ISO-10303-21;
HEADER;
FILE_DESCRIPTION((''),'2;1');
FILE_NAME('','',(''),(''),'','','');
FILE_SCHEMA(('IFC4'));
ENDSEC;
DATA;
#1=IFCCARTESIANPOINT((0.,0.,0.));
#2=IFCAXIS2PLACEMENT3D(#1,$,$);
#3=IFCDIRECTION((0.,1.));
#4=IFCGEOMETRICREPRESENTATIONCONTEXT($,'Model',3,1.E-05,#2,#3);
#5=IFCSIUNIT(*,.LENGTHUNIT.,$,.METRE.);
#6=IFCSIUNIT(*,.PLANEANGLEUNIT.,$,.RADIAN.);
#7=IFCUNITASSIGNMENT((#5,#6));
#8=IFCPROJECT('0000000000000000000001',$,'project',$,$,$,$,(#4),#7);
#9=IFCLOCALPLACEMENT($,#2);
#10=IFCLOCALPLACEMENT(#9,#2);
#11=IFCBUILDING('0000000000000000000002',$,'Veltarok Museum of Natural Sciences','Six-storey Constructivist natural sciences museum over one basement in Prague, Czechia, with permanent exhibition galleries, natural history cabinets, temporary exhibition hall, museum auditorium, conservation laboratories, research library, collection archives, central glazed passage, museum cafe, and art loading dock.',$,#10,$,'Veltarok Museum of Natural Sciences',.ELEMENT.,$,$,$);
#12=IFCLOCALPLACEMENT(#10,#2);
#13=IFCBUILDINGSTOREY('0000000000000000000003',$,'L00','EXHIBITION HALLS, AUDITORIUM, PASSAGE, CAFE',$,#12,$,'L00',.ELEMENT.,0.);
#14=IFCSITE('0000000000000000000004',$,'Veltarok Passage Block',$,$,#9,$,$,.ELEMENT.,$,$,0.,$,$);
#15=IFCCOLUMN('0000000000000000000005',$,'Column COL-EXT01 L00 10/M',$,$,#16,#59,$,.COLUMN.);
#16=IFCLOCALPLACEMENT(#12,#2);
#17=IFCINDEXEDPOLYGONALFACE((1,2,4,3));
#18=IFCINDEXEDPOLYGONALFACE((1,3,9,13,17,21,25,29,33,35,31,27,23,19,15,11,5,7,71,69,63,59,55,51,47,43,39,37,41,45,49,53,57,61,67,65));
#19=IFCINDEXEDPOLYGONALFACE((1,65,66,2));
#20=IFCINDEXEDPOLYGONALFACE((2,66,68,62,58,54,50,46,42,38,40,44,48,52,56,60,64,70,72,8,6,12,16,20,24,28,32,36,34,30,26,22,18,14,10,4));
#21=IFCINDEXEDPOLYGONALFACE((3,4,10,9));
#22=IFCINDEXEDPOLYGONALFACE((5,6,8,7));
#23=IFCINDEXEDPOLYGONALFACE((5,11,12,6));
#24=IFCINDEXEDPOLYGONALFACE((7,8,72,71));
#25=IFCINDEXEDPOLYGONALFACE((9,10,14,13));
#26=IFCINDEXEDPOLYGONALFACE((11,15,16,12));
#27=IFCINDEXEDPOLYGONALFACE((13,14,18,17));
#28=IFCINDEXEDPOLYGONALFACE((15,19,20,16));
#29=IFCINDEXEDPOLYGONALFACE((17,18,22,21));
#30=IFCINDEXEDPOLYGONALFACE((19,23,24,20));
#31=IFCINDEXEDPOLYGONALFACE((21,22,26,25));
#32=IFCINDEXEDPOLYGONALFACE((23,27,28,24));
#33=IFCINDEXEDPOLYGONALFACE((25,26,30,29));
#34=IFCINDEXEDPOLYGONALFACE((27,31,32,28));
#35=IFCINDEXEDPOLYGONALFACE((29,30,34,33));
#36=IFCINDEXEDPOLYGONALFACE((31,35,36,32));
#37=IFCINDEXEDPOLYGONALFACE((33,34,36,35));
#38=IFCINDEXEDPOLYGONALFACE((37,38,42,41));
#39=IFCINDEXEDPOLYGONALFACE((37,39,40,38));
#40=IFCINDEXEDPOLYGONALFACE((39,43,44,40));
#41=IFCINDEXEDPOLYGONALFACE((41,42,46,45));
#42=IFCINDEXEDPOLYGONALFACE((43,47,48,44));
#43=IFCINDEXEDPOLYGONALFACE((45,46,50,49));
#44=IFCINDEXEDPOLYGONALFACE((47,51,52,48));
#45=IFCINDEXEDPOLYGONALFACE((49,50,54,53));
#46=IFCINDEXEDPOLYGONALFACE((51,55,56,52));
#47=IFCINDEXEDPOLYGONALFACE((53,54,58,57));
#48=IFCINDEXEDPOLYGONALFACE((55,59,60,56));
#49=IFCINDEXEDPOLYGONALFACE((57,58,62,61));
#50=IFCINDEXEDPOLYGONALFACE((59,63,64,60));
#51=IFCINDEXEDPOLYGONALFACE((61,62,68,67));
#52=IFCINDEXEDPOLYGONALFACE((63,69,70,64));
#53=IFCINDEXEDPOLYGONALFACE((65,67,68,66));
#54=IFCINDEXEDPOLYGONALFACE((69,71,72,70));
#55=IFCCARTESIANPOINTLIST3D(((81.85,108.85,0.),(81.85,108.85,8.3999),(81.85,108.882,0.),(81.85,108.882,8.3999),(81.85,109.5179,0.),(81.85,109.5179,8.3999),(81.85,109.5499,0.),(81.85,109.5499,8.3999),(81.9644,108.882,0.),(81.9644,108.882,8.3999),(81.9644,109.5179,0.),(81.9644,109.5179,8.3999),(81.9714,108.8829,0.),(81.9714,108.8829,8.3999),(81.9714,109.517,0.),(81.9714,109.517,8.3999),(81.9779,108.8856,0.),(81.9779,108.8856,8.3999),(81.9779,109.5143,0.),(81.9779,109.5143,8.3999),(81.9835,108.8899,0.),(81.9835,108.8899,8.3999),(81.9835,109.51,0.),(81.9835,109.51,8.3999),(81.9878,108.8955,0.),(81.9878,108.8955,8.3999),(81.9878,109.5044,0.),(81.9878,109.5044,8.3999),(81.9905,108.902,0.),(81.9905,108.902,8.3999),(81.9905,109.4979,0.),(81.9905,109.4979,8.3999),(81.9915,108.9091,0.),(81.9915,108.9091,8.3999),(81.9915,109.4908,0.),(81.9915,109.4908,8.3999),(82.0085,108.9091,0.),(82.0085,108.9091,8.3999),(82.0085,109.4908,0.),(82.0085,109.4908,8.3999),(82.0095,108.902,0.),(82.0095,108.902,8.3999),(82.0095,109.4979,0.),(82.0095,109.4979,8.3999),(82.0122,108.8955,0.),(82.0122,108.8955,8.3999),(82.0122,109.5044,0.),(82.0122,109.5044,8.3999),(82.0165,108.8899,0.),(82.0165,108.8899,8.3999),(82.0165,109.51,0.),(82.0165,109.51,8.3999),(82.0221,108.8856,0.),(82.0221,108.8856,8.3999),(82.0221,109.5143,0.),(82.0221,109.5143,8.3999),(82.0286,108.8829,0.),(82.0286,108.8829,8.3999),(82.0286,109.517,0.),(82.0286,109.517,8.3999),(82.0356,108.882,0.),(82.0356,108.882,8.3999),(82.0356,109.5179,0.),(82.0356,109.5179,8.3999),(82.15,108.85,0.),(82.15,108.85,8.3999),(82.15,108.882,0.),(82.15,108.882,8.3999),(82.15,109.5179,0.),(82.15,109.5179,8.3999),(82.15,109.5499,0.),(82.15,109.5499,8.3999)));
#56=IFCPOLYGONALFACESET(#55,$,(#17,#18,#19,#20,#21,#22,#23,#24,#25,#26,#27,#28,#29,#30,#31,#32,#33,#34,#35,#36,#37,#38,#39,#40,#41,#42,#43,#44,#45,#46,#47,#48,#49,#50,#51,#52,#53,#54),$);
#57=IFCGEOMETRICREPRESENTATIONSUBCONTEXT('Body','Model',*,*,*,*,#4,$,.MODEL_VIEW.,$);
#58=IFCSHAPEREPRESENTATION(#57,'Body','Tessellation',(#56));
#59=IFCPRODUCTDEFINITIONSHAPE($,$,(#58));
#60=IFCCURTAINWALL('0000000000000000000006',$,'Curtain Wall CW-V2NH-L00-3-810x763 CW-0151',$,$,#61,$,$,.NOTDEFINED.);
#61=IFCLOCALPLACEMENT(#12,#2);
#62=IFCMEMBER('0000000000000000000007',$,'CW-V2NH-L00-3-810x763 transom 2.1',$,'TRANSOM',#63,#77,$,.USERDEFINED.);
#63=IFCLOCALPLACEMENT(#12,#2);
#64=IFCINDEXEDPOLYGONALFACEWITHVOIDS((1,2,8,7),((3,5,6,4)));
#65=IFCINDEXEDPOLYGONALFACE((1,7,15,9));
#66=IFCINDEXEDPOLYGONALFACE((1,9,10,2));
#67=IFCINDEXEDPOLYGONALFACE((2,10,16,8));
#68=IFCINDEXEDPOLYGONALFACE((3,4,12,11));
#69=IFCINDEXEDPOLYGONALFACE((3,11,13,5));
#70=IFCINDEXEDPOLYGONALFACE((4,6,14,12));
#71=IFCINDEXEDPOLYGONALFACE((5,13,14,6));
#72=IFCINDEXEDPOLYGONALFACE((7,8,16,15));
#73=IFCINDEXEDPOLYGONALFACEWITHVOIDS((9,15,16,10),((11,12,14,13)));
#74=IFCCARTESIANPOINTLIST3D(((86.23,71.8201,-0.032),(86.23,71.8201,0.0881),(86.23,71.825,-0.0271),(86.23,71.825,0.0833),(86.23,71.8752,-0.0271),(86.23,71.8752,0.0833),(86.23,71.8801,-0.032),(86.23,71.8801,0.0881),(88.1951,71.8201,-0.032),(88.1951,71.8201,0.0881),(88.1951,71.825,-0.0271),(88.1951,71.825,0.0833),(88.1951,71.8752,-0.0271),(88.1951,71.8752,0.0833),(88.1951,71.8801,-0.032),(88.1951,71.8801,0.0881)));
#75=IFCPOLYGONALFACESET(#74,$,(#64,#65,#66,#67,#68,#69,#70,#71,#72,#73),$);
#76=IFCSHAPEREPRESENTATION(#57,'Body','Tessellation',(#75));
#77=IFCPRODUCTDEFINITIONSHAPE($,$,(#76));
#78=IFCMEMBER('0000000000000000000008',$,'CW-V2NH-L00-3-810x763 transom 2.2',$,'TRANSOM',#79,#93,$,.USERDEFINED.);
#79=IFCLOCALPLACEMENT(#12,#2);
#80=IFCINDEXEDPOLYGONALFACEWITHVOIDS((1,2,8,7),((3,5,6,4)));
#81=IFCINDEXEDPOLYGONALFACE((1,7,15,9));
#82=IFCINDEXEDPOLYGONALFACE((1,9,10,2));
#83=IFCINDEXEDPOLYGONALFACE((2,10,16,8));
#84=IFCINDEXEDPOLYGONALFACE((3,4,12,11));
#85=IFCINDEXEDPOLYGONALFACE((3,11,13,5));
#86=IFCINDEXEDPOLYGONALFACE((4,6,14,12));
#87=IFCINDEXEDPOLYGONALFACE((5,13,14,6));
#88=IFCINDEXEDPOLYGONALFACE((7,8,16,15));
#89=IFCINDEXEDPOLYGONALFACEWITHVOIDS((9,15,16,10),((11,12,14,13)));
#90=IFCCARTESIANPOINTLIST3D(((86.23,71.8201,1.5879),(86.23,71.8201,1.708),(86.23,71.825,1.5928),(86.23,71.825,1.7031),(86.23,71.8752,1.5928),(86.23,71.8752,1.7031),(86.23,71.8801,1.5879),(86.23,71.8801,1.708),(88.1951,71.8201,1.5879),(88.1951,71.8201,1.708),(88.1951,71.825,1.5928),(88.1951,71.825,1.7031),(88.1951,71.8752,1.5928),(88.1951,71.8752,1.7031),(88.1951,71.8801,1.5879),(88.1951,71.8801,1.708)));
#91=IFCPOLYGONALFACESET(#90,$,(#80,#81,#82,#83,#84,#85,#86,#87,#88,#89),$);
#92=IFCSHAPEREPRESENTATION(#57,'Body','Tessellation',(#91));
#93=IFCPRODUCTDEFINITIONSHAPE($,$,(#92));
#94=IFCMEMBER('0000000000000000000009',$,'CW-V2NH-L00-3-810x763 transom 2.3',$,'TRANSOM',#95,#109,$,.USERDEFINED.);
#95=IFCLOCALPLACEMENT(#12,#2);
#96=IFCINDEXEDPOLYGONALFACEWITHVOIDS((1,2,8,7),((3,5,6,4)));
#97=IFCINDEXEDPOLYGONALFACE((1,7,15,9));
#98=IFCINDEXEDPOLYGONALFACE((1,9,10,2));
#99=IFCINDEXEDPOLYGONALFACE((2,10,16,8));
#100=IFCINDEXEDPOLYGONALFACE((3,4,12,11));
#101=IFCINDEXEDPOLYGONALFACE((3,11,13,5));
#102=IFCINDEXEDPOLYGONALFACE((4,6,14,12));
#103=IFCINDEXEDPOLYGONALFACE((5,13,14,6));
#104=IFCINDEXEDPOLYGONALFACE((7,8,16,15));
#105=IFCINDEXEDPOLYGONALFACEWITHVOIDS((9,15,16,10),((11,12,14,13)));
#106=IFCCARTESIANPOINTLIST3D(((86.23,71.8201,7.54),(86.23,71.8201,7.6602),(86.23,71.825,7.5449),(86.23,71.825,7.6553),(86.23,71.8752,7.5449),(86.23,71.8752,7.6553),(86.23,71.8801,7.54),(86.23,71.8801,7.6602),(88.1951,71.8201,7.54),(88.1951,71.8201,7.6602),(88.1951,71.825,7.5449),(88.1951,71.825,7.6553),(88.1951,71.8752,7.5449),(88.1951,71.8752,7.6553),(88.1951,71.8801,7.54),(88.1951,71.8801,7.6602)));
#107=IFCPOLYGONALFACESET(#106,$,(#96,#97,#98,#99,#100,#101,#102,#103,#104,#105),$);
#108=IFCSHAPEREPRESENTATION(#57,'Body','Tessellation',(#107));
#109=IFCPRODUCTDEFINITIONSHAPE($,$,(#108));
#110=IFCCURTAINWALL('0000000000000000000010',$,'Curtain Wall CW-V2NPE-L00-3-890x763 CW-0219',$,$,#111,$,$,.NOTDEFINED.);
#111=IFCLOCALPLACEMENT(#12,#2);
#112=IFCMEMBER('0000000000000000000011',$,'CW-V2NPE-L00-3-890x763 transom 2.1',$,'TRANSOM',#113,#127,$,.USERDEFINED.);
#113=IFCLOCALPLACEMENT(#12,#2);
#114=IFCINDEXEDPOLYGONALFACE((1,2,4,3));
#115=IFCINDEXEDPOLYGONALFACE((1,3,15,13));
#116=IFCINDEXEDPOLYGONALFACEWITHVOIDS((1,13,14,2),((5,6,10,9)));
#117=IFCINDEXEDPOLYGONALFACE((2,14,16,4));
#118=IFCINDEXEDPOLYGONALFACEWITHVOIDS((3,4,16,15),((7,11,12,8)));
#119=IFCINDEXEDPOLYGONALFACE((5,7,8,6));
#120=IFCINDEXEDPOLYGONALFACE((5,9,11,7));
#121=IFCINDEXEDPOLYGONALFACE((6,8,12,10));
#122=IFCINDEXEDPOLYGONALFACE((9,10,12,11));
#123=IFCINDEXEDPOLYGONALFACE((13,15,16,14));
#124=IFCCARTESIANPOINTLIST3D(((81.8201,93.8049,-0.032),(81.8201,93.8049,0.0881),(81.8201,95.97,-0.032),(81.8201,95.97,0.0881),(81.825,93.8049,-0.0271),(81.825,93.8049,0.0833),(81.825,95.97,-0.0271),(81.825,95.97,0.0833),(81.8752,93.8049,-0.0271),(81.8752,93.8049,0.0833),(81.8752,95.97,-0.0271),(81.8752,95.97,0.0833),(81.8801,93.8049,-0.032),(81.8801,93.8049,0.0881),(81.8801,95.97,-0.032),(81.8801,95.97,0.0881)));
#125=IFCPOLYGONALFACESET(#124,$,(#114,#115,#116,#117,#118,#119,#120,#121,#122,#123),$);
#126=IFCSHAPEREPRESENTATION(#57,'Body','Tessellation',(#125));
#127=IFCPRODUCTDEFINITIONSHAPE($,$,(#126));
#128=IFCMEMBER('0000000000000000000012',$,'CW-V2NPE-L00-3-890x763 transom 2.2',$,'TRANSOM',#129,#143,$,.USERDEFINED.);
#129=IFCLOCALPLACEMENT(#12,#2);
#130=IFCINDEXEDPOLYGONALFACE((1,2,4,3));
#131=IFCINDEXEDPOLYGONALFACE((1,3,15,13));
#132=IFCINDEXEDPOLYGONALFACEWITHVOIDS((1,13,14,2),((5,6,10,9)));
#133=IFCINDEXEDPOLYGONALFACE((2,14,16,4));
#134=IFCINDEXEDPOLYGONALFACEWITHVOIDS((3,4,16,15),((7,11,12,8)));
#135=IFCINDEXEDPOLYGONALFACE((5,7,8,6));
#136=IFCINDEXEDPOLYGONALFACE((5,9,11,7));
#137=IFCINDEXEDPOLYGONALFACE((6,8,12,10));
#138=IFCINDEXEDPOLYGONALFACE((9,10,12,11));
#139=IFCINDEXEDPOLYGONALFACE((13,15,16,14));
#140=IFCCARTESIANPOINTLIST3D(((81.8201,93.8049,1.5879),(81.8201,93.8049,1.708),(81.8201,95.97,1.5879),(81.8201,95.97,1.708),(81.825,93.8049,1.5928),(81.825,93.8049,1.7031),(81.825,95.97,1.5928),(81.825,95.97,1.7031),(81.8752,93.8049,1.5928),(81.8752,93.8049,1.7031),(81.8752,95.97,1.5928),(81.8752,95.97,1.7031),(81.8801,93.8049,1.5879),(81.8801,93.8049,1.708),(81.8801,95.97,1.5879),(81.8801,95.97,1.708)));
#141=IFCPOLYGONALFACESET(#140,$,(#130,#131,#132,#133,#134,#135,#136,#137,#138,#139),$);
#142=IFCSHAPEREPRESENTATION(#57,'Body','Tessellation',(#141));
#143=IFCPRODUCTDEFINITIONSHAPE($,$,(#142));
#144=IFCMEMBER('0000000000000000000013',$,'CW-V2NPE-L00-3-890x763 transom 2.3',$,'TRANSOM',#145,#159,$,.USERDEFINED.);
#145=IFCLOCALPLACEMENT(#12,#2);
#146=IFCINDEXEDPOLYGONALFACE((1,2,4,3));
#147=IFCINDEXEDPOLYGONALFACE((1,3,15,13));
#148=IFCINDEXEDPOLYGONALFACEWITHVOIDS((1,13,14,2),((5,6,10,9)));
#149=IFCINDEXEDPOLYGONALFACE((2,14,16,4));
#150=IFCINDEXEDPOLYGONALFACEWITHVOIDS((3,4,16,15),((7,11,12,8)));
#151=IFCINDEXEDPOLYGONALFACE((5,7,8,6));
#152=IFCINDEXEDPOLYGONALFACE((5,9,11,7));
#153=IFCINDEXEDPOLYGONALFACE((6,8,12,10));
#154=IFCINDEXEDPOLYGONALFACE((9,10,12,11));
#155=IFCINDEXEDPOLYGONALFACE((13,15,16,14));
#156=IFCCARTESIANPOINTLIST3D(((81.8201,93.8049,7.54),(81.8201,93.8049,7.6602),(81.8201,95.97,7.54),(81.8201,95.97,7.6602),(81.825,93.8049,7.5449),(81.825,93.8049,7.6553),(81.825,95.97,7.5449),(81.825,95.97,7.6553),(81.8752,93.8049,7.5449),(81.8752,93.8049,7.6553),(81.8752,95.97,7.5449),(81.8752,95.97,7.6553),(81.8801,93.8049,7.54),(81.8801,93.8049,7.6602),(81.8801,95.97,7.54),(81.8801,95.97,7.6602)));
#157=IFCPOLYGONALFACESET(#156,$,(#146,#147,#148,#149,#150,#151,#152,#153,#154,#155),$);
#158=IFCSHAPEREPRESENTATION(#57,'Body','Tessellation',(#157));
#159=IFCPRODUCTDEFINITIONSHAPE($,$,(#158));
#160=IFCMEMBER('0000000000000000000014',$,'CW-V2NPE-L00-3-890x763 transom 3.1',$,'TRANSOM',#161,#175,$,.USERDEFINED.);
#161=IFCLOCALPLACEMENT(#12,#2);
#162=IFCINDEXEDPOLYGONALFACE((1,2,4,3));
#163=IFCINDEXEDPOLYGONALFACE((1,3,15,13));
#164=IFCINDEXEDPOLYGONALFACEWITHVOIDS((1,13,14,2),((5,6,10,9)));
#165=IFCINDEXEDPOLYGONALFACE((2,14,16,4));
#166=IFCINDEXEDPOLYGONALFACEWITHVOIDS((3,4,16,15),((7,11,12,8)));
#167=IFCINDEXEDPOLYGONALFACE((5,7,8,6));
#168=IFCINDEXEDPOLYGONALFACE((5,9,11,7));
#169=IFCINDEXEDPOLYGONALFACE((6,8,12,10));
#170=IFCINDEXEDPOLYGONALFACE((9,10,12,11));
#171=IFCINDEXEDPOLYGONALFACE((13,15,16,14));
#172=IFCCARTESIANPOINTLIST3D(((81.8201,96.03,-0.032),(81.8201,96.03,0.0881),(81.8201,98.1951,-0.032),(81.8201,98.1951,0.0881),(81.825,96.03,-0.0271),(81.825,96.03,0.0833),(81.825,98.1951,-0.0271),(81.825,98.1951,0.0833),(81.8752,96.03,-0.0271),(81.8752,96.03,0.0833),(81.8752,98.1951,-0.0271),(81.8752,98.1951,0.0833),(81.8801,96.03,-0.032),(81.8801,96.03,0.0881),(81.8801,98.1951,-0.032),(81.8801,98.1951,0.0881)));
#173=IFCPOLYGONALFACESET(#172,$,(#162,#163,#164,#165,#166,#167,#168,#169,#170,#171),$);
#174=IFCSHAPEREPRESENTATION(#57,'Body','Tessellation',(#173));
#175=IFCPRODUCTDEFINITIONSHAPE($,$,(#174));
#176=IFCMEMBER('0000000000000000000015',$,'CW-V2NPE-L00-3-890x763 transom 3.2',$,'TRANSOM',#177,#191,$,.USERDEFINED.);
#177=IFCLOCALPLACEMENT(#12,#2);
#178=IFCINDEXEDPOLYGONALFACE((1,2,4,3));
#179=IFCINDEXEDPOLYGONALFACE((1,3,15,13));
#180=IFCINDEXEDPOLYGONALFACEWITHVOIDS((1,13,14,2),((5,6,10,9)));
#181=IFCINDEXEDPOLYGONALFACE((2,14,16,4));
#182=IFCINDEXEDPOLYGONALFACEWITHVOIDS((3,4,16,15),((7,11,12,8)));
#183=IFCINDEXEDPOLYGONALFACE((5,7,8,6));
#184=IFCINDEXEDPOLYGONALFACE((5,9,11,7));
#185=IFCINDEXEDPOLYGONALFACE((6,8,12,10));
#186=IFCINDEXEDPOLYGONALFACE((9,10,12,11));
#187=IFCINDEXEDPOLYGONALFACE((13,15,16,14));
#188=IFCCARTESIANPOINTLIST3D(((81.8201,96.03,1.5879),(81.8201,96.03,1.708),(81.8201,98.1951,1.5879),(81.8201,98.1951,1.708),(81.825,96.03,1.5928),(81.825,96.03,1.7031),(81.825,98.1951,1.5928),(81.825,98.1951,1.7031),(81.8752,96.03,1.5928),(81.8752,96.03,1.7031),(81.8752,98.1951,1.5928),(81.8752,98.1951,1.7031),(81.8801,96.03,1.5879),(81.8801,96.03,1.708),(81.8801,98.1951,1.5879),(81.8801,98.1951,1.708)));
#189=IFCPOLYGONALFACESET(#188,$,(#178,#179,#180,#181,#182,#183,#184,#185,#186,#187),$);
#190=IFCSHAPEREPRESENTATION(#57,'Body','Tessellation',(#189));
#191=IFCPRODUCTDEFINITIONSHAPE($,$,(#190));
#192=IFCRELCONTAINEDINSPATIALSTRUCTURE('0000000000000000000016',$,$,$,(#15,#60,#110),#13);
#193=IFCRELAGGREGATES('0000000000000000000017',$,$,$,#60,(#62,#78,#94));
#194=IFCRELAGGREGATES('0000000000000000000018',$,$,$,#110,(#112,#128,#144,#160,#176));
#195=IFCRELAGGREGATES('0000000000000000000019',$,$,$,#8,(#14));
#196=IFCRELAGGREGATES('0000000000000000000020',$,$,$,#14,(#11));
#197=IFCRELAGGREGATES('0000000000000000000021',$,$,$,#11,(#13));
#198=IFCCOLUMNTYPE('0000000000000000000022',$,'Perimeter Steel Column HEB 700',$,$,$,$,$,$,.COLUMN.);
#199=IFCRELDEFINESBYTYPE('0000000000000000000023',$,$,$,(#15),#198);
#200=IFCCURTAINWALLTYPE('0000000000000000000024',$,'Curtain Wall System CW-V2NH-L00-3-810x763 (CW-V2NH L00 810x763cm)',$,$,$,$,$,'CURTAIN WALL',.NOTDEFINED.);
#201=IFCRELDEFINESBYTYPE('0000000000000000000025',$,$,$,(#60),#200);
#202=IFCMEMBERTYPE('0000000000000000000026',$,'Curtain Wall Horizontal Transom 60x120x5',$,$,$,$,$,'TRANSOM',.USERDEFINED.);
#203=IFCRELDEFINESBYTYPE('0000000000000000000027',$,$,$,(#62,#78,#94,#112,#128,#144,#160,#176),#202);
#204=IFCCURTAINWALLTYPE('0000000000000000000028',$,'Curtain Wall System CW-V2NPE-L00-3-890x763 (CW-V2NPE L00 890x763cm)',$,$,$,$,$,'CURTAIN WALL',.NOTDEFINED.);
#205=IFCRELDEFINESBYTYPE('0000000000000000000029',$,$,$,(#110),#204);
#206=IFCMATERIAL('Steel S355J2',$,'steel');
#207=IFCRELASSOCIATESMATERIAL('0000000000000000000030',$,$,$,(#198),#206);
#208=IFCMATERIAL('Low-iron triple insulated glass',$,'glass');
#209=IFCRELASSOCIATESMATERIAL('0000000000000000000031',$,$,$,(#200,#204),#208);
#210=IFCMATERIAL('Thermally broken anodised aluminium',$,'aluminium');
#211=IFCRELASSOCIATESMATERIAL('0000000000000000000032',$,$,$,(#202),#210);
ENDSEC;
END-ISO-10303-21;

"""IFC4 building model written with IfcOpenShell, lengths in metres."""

from ifc_helpers import new_model, si_unit, direction, frame, origin, origin_2d, place, context, subcontext, project, spatial, hollow_rectangle, i_section, extrude, material, material_profile, profile_set, type_object, element, aggregate, save


model = new_model("IFC4")

# Units and contexts
model_context = context("Model", 3, precision=1e-05, world=origin(), true_north=direction((0.0, 1.0)))
body_context = subcontext(model_context, "Body", "Model", "MODEL_VIEW")
ifc_project = project(units=[si_unit("LENGTHUNIT", "METRE"), si_unit("PLANEANGLEUNIT", "RADIAN")], contexts=[model_context])

# Site, building, storey
site_placement = place(None, origin())
site = spatial("IfcSite", under=ifc_project, at=site_placement, Name="Veltarok Passage Block", CompositionType="ELEMENT", RefElevation=0.0)
building_placement = place(site_placement, origin())
building = spatial("IfcBuilding", under=site, at=building_placement, Name="Veltarok Museum of Natural Sciences", Description="Six-storey Constructivist natural sciences museum over one basement in Prague, Czechia, with permanent exhibition galleries, natural history cabinets, temporary exhibition hall, museum auditorium, conservation laboratories, research library, collection archives, central glazed passage, museum cafe, and art loading dock.", LongName="Veltarok Museum of Natural Sciences", CompositionType="ELEMENT")
storey_placement = place(building_placement, origin())
storey = spatial("IfcBuildingStorey", under=building, at=storey_placement, Name="L00", Description="EXHIBITION HALLS, AUDITORIUM, PASSAGE, CAFE", LongName="L00", CompositionType="ELEMENT", Elevation=0.0)

# Column
ifc_material_1 = material(Name="Steel S355J2", Category="steel")
ifc_material_profile_1 = material_profile(ifc_material_1, i_section(OverallWidth=0.3, OverallDepth=0.7, WebThickness=0.0171, FlangeThickness=0.032, FilletRadius=0.0271, at=origin_2d()), Name="HEB 700")
ifc_profile_set_1 = profile_set([ifc_material_profile_1], Name="Steel S355J2")
column_type = type_object("IfcColumnType", Name="Perimeter Steel Column HEB 700", PredefinedType="COLUMN", material=ifc_profile_set_1)
for number, where, z_axis, x_axis, name in (
    (1, (82.0, 109.2, 0.0), (0.0, 0.0, 1.0), (1.0, 0.0, 0.0), "Column COL-EXT01 L00 10/M"),
):
    element("IfcColumn", number, at=place(storey_placement, frame(where, z_axis=z_axis, x_axis=x_axis)), inside=storey, type_object=column_type, Name=name, PredefinedType="COLUMN", context=body_context, shape_type="SweptSolid", body=[
        extrude(i_section(OverallWidth=0.3, OverallDepth=0.7, WebThickness=0.0171, FlangeThickness=0.032, FilletRadius=0.0271, at=origin_2d()), origin(), (0.0, 0.0, 1.0), 8.3999),
    ])

# Curtain walls, members
ifc_material_2 = material(Name="Low-iron triple insulated glass", Category="glass")
curtain_wall_type_1 = type_object("IfcCurtainWallType", Name="Curtain Wall System CW-V2NH-L00-3-810x763 (CW-V2NH L00 810x763cm)", ElementType="CURTAIN WALL", PredefinedType="NOTDEFINED", material=ifc_material_2)
curtain_wall_1_placement = place(storey_placement, origin())
curtain_wall_1 = element("IfcCurtainWall", 2, at=curtain_wall_1_placement, inside=storey, type_object=curtain_wall_type_1, Name="Curtain Wall CW-V2NH-L00-3-810x763 CW-0151", PredefinedType="NOTDEFINED")
ifc_material_3 = material(Name="Thermally broken anodised aluminium", Category="aluminium")
ifc_material_profile_2 = material_profile(ifc_material_3, hollow_rectangle(XDim=0.0601, YDim=0.1201, WallThickness=0.0049, at=origin_2d()), Name="CW TRANSOM 60x120x5")
ifc_profile_set_2 = profile_set([ifc_material_profile_2], Name="Thermally broken anodised aluminium")
member_type_1 = type_object("IfcMemberType", Name="Curtain Wall Horizontal Transom 60x120x5", ElementType="TRANSOM", PredefinedType="USERDEFINED", material=ifc_profile_set_2)
member_1_placement = place(storey_placement, frame((88.1951, 71.8501, 0.0281), z_axis=(-1.0, 0.0, 0.0), x_axis=(0.0, -1.0, 0.0)))
member_1 = element("IfcMember", 3, at=member_1_placement, type_object=member_type_1, Name="CW-V2NH-L00-3-810x763 transom 2.1", ObjectType="TRANSOM", PredefinedType="USERDEFINED", context=body_context, shape_type="SweptSolid", body=[
    extrude(hollow_rectangle(XDim=0.0601, YDim=0.1201, WallThickness=0.0049, at=origin_2d()), origin(), (0.0, 0.0, 1.0), 1.9651),
])
member_2_placement = place(storey_placement, frame((88.1951, 71.8501, 1.6479), z_axis=(-1.0, 0.0, 0.0), x_axis=(0.0, -1.0, 0.0)))
member_2 = element("IfcMember", 4, at=member_2_placement, type_object=member_type_1, Name="CW-V2NH-L00-3-810x763 transom 2.2", ObjectType="TRANSOM", PredefinedType="USERDEFINED", context=body_context, shape_type="SweptSolid", body=[
    extrude(hollow_rectangle(XDim=0.0601, YDim=0.1201, WallThickness=0.0049, at=origin_2d()), origin(), (0.0, 0.0, 1.0), 1.9651),
])
member_3_placement = place(storey_placement, frame((88.1951, 71.8501, 7.6001), z_axis=(-1.0, 0.0, 0.0), x_axis=(0.0, -1.0, 0.0)))
member_3 = element("IfcMember", 5, at=member_3_placement, type_object=member_type_1, Name="CW-V2NH-L00-3-810x763 transom 2.3", ObjectType="TRANSOM", PredefinedType="USERDEFINED", context=body_context, shape_type="SweptSolid", body=[
    extrude(hollow_rectangle(XDim=0.0601, YDim=0.1201, WallThickness=0.0049, at=origin_2d()), origin(), (0.0, 0.0, 1.0), 1.9651),
])
curtain_wall_type_2 = type_object("IfcCurtainWallType", Name="Curtain Wall System CW-V2NPE-L00-3-890x763 (CW-V2NPE L00 890x763cm)", ElementType="CURTAIN WALL", PredefinedType="NOTDEFINED", material=ifc_material_2)
curtain_wall_2_placement = place(storey_placement, origin())
curtain_wall_2 = element("IfcCurtainWall", 6, at=curtain_wall_2_placement, inside=storey, type_object=curtain_wall_type_2, Name="Curtain Wall CW-V2NPE-L00-3-890x763 CW-0219", PredefinedType="NOTDEFINED")
member_4_placement = place(storey_placement, frame((81.8501, 93.8049, 0.0281), z_axis=(0.0, 1.0, 0.0), x_axis=(-1.0, 0.0, 0.0)))
member_4 = element("IfcMember", 7, at=member_4_placement, type_object=member_type_1, Name="CW-V2NPE-L00-3-890x763 transom 2.1", ObjectType="TRANSOM", PredefinedType="USERDEFINED", context=body_context, shape_type="SweptSolid", body=[
    extrude(hollow_rectangle(XDim=0.0601, YDim=0.1201, WallThickness=0.0049, at=origin_2d()), origin(), (0.0, 0.0, 1.0), 2.165),
])
member_5_placement = place(storey_placement, frame((81.8501, 93.8049, 1.6479), z_axis=(0.0, 1.0, 0.0), x_axis=(-1.0, 0.0, 0.0)))
member_5 = element("IfcMember", 8, at=member_5_placement, type_object=member_type_1, Name="CW-V2NPE-L00-3-890x763 transom 2.2", ObjectType="TRANSOM", PredefinedType="USERDEFINED", context=body_context, shape_type="SweptSolid", body=[
    extrude(hollow_rectangle(XDim=0.0601, YDim=0.1201, WallThickness=0.0049, at=origin_2d()), origin(), (0.0, 0.0, 1.0), 2.165),
])
member_6_placement = place(storey_placement, frame((81.8501, 93.8049, 7.6001), z_axis=(0.0, 1.0, 0.0), x_axis=(-1.0, 0.0, 0.0)))
member_6 = element("IfcMember", 9, at=member_6_placement, type_object=member_type_1, Name="CW-V2NPE-L00-3-890x763 transom 2.3", ObjectType="TRANSOM", PredefinedType="USERDEFINED", context=body_context, shape_type="SweptSolid", body=[
    extrude(hollow_rectangle(XDim=0.0601, YDim=0.1201, WallThickness=0.0049, at=origin_2d()), origin(), (0.0, 0.0, 1.0), 2.165),
])
member_7_placement = place(storey_placement, frame((81.8501, 96.03, 0.0281), z_axis=(0.0, 1.0, 0.0), x_axis=(-1.0, 0.0, 0.0)))
member_7 = element("IfcMember", 10, at=member_7_placement, type_object=member_type_1, Name="CW-V2NPE-L00-3-890x763 transom 3.1", ObjectType="TRANSOM", PredefinedType="USERDEFINED", context=body_context, shape_type="SweptSolid", body=[
    extrude(hollow_rectangle(XDim=0.0601, YDim=0.1201, WallThickness=0.0049, at=origin_2d()), origin(), (0.0, 0.0, 1.0), 2.165),
])
member_8_placement = place(storey_placement, frame((81.8501, 96.03, 1.6479), z_axis=(0.0, 1.0, 0.0), x_axis=(-1.0, 0.0, 0.0)))
member_8 = element("IfcMember", 11, at=member_8_placement, type_object=member_type_1, Name="CW-V2NPE-L00-3-890x763 transom 3.2", ObjectType="TRANSOM", PredefinedType="USERDEFINED", context=body_context, shape_type="SweptSolid", body=[
    extrude(hollow_rectangle(XDim=0.0601, YDim=0.1201, WallThickness=0.0049, at=origin_2d()), origin(), (0.0, 0.0, 1.0), 2.165),
])

aggregate(curtain_wall_1, [member_1, member_2, member_3])
aggregate(curtain_wall_2, [member_4, member_5, member_6, member_7, member_8])

save(model, "model.ifc")
